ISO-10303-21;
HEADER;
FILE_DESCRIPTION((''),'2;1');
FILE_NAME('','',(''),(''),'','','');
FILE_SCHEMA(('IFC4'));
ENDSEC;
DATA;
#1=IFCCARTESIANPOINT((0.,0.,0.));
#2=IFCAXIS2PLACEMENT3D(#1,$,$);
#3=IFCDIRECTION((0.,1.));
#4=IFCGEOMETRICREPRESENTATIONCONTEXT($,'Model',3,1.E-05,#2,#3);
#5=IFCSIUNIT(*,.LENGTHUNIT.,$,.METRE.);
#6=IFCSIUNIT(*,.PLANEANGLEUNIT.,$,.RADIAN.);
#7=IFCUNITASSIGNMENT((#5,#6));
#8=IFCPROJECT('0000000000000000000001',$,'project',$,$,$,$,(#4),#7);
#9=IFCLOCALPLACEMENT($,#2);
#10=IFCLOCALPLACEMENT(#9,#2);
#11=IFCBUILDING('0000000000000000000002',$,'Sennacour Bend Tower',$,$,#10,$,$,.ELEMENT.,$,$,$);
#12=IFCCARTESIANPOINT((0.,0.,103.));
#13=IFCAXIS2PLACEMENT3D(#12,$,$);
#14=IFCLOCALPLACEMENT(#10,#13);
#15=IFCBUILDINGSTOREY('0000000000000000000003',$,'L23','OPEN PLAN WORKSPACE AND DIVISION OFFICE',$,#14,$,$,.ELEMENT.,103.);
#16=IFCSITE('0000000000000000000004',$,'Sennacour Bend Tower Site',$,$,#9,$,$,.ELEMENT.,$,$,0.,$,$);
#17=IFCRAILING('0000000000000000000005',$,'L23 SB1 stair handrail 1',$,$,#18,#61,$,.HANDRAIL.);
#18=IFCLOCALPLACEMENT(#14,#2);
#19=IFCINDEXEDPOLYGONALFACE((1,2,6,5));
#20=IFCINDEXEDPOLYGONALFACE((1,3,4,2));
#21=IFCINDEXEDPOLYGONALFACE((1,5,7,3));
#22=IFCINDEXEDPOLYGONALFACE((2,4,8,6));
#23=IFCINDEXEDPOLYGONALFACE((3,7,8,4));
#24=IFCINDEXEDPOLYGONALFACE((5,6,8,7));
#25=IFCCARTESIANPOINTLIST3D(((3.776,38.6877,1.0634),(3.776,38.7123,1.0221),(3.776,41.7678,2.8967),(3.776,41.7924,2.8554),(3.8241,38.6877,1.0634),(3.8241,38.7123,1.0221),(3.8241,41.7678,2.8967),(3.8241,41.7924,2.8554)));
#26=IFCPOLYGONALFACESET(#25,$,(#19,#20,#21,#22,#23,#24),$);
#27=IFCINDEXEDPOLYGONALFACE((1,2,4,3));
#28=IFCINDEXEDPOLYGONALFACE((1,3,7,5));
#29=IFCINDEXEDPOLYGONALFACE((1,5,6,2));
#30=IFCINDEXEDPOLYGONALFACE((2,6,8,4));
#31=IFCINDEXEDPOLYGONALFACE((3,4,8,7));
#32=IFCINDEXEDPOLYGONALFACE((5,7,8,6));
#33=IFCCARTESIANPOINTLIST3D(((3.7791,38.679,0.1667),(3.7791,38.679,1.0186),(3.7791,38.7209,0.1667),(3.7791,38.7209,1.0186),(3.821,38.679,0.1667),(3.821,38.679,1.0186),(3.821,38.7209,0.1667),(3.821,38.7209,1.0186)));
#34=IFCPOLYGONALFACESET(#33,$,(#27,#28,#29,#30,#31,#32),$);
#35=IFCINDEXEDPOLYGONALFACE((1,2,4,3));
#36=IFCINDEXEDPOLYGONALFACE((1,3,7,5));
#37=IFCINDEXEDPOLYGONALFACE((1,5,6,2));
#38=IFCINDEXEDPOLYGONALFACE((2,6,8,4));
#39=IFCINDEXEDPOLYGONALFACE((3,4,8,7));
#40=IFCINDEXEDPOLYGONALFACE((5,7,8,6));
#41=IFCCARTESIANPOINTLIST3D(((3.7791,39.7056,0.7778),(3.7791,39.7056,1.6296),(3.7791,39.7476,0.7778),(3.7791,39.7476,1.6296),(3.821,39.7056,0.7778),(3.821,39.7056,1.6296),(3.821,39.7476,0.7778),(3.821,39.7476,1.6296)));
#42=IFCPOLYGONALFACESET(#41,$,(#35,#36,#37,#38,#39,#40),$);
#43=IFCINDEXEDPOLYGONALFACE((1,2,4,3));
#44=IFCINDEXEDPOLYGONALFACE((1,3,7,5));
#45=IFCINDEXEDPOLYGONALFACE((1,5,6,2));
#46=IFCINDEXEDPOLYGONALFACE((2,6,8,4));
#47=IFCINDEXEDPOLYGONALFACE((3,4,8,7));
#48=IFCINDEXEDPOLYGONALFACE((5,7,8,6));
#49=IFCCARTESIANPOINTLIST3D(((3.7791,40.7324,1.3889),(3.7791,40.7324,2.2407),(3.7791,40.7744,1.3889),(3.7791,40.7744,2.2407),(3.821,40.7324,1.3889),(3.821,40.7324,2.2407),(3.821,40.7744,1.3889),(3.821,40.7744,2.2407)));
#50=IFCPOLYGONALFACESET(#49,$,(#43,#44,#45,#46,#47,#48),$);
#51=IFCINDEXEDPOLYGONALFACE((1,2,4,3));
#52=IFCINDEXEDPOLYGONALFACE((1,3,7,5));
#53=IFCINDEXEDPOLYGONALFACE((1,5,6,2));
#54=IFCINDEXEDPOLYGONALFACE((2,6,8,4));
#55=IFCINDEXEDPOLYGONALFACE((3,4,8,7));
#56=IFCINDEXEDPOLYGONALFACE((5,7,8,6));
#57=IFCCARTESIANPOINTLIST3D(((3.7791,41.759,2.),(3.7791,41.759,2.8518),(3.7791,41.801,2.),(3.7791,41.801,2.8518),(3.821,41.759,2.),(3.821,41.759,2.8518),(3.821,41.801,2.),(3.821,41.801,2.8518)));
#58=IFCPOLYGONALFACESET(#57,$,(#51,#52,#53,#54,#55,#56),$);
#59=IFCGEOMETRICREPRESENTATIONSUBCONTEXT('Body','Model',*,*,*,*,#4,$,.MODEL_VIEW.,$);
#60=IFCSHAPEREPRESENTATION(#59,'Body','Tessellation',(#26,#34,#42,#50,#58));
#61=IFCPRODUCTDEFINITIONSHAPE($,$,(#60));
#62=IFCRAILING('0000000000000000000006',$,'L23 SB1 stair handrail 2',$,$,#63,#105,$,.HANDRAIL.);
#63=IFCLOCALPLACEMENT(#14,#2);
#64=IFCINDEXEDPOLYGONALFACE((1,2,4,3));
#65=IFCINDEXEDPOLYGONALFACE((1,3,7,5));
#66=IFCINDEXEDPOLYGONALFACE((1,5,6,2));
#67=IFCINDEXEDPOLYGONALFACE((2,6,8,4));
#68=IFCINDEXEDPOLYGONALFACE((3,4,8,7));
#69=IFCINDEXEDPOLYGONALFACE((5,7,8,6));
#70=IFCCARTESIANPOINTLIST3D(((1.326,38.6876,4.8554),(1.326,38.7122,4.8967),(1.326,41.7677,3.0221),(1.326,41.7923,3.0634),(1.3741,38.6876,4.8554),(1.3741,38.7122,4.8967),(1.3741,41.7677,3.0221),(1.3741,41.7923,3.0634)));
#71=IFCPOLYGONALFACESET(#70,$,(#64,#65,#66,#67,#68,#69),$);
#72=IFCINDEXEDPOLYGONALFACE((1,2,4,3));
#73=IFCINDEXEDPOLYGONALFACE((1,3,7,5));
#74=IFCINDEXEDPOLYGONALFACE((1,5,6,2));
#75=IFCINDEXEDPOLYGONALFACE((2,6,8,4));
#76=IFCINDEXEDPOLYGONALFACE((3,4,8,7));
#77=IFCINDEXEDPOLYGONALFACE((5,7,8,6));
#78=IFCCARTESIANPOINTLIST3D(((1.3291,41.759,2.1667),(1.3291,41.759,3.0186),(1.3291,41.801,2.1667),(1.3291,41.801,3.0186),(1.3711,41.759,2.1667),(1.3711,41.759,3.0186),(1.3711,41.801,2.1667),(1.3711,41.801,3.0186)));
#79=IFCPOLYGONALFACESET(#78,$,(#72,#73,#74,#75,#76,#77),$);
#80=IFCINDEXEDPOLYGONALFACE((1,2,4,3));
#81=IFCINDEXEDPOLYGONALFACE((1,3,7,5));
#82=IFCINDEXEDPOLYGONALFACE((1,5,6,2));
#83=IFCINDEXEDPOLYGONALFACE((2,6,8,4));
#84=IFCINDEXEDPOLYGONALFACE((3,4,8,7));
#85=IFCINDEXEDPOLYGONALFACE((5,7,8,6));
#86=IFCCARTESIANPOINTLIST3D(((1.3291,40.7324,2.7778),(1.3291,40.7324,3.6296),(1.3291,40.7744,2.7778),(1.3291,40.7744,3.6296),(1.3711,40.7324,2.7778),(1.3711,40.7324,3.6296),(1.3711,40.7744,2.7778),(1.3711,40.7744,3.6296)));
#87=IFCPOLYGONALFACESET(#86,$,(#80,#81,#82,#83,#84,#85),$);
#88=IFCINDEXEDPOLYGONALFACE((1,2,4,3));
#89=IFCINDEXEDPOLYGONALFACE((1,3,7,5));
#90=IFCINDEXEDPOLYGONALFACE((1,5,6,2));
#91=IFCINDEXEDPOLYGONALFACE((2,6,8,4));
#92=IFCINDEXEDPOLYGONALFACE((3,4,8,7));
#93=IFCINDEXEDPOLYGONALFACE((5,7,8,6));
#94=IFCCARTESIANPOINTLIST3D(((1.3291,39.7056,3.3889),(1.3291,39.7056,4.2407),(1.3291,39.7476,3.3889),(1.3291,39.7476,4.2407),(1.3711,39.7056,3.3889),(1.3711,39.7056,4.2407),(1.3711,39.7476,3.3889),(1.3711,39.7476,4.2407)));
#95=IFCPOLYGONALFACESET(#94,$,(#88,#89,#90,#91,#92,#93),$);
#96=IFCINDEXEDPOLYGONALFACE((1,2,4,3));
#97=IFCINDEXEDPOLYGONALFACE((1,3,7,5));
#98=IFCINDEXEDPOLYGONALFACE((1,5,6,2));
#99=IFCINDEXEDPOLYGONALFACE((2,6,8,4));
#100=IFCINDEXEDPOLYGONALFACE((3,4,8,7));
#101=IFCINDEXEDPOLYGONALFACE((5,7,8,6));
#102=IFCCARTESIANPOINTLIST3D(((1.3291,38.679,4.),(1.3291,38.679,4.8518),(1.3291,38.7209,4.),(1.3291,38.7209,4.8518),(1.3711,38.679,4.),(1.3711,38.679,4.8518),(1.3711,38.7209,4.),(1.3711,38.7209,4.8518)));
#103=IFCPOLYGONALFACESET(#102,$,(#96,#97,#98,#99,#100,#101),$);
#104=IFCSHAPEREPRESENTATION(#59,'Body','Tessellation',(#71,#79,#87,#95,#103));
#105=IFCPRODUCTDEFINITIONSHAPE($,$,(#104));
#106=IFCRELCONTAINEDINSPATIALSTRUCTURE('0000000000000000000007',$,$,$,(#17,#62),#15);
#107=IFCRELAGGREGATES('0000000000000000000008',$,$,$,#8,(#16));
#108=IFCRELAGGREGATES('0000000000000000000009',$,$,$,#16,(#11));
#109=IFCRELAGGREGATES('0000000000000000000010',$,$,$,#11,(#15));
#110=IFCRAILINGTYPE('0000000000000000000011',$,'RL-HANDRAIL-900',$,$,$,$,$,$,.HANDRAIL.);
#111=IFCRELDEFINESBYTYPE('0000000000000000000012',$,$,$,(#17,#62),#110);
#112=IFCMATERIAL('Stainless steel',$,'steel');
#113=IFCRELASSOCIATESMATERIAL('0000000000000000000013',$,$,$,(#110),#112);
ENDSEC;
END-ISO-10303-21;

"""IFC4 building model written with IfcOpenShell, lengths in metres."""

from ifc_helpers import new_model, si_unit, direction, frame, origin, origin_2d, place, context, subcontext, project, spatial, rectangle, extrude, material, type_object, element, save


model = new_model("IFC4")

# Units and contexts
model_context = context("Model", 3, precision=1e-05, world=origin(), true_north=direction((0.0, 1.0)))
body_context = subcontext(model_context, "Body", "Model", "MODEL_VIEW")
ifc_project = project(units=[si_unit("LENGTHUNIT", "METRE"), si_unit("PLANEANGLEUNIT", "RADIAN")], contexts=[model_context])

# Site, building, storey
site_placement = place(None, origin())
site = spatial("IfcSite", under=ifc_project, at=site_placement, Name="Sennacour Bend Tower Site", CompositionType="ELEMENT", RefElevation=0.0)
building_placement = place(site_placement, origin())
building = spatial("IfcBuilding", under=site, at=building_placement, Name="Sennacour Bend Tower", CompositionType="ELEMENT")
storey_placement = place(building_placement, frame((0.0, 0.0, 103.0)))
storey = spatial("IfcBuildingStorey", under=building, at=storey_placement, Name="L23", Description="OPEN PLAN WORKSPACE AND DIVISION OFFICE", CompositionType="ELEMENT", Elevation=103.0)

# Railings
ifc_material_1 = material(Name="Stainless steel", Category="steel")
railing_type_1 = type_object("IfcRailingType", Name="RL-HANDRAIL-900", PredefinedType="HANDRAIL", material=ifc_material_1)
railing_1_placement = place(storey_placement, frame((3.8, 38.7, 0.1667)))
element("IfcRailing", 1, at=railing_1_placement, inside=storey, type_object=railing_type_1, Name="L23 SB1 stair handrail 1", PredefinedType="HANDRAIL", context=body_context, shape_type="SweptSolid", body=[
    extrude(rectangle(XDim=0.0481, YDim=0.0481, at=origin_2d()), frame((0.0, 0.0, 0.876), z_axis=(0.0, 0.859309, 0.511458), x_axis=(-1.0, 0.0, 0.0)), (0.0, 0.0, 1.0), 3.5845),
    extrude(rectangle(XDim=0.042, YDim=0.042, at=origin_2d()), origin(), (0.0, 0.0, 1.0), 0.8518),
    extrude(rectangle(XDim=0.042, YDim=0.042, at=origin_2d()), frame((0.0, 1.0266, 0.6111)), (0.0, 0.0, 1.0), 0.8518),
    extrude(rectangle(XDim=0.042, YDim=0.042, at=origin_2d()), frame((0.0, 2.0535, 1.2222)), (0.0, 0.0, 1.0), 0.8518),
    extrude(rectangle(XDim=0.042, YDim=0.042, at=origin_2d()), frame((0.0, 3.0801, 1.8333)), (0.0, 0.0, 1.0), 0.8518),
])
railing_2_placement = place(storey_placement, frame((1.3501, 41.78, 2.1667)))
element("IfcRailing", 2, at=railing_2_placement, inside=storey, type_object=railing_type_1, Name="L23 SB1 stair handrail 2", PredefinedType="HANDRAIL", context=body_context, shape_type="SweptSolid", body=[
    extrude(rectangle(XDim=0.0481, YDim=0.0481, at=origin_2d()), frame((0.0, 0.0, 0.876), z_axis=(0.0, -0.859309, 0.511458), x_axis=(1.0, 0.0, 0.0)), (0.0, 0.0, 1.0), 3.5845),
    extrude(rectangle(XDim=0.042, YDim=0.042, at=origin_2d()), origin(), (0.0, 0.0, 1.0), 0.8518),
    extrude(rectangle(XDim=0.042, YDim=0.042, at=origin_2d()), frame((0.0, -1.0266, 0.6111)), (0.0, 0.0, 1.0), 0.8518),
    extrude(rectangle(XDim=0.042, YDim=0.042, at=origin_2d()), frame((0.0, -2.0535, 1.2222)), (0.0, 0.0, 1.0), 0.8518),
    extrude(rectangle(XDim=0.042, YDim=0.042, at=origin_2d()), frame((0.0, -3.0801, 1.8333)), (0.0, 0.0, 1.0), 0.8518),
])

save(model, "model.ifc")
